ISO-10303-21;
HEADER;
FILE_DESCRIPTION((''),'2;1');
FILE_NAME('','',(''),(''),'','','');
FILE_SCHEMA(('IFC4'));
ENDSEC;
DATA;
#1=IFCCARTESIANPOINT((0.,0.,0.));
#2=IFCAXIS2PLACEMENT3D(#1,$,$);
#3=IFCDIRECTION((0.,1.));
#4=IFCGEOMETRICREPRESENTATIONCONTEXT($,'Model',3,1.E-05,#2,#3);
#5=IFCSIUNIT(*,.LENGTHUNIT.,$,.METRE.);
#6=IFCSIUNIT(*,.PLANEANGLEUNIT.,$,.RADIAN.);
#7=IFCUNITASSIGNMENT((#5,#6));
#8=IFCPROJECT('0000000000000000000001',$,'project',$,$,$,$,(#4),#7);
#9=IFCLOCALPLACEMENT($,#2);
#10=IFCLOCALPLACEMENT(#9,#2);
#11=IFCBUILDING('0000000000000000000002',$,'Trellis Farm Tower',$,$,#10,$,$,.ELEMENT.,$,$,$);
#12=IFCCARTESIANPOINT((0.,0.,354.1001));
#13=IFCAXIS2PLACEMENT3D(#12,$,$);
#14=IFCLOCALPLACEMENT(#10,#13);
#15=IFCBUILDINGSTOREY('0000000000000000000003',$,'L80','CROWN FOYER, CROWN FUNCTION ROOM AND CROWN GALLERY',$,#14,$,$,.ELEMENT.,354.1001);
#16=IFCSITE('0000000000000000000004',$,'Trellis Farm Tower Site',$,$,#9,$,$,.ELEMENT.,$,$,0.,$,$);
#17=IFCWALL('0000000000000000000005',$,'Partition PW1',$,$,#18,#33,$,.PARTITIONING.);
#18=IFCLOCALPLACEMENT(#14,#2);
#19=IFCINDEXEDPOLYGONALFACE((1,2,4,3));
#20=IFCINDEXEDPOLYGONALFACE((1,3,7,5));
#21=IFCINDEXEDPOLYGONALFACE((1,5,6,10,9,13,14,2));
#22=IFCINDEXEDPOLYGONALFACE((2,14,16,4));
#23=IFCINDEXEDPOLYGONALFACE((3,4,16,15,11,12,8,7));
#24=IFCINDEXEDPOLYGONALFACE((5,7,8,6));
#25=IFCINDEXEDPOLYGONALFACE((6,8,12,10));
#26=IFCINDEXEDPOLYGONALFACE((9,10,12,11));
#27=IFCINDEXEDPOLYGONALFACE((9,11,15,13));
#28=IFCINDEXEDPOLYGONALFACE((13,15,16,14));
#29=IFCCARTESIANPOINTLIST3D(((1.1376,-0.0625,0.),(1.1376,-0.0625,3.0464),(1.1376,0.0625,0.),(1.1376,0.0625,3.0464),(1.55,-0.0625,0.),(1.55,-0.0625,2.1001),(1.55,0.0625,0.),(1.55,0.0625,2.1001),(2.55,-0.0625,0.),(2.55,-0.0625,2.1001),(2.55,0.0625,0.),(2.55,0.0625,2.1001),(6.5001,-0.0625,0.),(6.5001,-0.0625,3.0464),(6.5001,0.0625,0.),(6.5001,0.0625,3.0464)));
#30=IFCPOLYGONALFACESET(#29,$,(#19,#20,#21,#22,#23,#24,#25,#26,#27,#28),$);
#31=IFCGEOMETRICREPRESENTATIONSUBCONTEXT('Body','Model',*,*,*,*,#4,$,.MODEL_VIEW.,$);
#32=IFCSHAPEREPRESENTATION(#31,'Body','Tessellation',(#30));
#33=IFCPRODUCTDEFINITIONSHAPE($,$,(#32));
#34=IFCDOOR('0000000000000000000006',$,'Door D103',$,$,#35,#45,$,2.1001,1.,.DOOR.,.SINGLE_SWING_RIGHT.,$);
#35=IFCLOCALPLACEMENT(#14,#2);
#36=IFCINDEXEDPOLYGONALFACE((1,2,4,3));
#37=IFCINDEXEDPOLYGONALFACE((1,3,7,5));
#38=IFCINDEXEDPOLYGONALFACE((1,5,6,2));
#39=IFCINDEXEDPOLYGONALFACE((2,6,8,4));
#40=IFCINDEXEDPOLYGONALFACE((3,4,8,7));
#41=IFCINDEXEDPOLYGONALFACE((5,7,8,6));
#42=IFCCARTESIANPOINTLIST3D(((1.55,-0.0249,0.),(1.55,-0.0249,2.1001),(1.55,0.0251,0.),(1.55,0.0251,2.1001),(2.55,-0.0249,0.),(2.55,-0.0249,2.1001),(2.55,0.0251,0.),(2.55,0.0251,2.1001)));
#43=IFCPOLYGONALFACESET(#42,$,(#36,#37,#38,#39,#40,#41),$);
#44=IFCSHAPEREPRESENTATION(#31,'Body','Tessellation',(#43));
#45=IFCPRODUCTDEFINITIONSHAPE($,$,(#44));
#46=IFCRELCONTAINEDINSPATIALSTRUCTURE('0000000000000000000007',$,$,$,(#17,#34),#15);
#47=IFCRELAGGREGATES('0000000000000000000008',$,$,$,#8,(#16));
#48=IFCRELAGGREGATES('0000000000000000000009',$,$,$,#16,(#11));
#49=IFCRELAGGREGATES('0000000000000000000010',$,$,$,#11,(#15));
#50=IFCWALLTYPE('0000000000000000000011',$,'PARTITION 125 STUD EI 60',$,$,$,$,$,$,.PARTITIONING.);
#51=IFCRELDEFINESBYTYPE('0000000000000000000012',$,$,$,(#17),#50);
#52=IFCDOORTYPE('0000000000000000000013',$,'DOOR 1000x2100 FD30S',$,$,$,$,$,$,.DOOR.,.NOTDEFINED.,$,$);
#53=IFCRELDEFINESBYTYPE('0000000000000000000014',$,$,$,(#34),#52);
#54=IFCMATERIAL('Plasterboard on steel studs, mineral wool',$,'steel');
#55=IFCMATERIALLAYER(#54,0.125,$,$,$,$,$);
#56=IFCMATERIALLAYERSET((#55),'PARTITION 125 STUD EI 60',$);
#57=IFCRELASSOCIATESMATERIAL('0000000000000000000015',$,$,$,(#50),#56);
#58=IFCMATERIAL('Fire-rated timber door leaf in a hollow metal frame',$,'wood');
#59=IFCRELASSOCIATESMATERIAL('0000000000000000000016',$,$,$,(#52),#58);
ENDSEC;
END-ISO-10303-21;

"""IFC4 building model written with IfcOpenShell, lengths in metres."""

from ifc_helpers import new_model, si_unit, direction, frame, frame_2d, origin, place, context, subcontext, project, spatial, rectangle, extrude, source, transform, mapped, material, layer, layer_set, type_object, element, fill, save


model = new_model("IFC4")

# Units and contexts
model_context = context("Model", 3, precision=1e-05, world=origin(), true_north=direction((0.0, 1.0)))
body_context = subcontext(model_context, "Body", "Model", "MODEL_VIEW")
ifc_project = project(units=[si_unit("LENGTHUNIT", "METRE"), si_unit("PLANEANGLEUNIT", "RADIAN")], contexts=[model_context])

# Site, building, storey
site_placement = place(None, origin())
site = spatial("IfcSite", under=ifc_project, at=site_placement, Name="Trellis Farm Tower Site", CompositionType="ELEMENT", RefElevation=0.0)
building_placement = place(site_placement, origin())
building = spatial("IfcBuilding", under=site, at=building_placement, Name="Trellis Farm Tower", CompositionType="ELEMENT")
storey_placement = place(building_placement, frame((0.0, 0.0, 354.1001)))
storey = spatial("IfcBuildingStorey", under=building, at=storey_placement, Name="L80", Description="CROWN FOYER, CROWN FUNCTION ROOM AND CROWN GALLERY", CompositionType="ELEMENT", Elevation=354.1001)

# Shared definitions
ifc_material_1 = material(Name="Plasterboard on steel studs, mineral wool", Category="steel")
ifc_layer_1 = layer(ifc_material_1, 0.125)
ifc_layer_set_1 = layer_set([ifc_layer_1], Name="PARTITION 125 STUD EI 60")
wall_type_1 = type_object("IfcWallType", Name="PARTITION 125 STUD EI 60", PredefinedType="PARTITIONING", material=ifc_layer_set_1)

# Wall, opening, door
shared_shape_1 = source(origin(), body_context, "Body", "SweptSolid", [
    extrude(rectangle(XDim=5.3625, YDim=0.125, at=frame_2d((2.6812, 0.0))), origin(), (0.0, 0.0, 1.0), 3.0464),
])
wall_1_placement = place(storey_placement, frame((6.5, 0.0, 0.0), z_axis=(0.0, 0.0, 1.0), x_axis=(-1.0, 0.0, 0.0)))
wall_1 = element("IfcWall", 1, at=wall_1_placement, inside=storey, type_object=wall_type_1, Name="Partition PW1", PredefinedType="PARTITIONING", context=body_context, shape_type="MappedRepresentation", body=[
    mapped(shared_shape_1, transform((0.0, 0.0, 0.0))),
])
shared_shape_2 = source(origin(), body_context, "Body", "SweptSolid", [
    extrude(rectangle(XDim=1.0, YDim=2.1001, at=frame_2d((0.5, 1.05))), frame((0.0, 0.0725, 0.0), z_axis=(0.0, -1.0, 0.0), x_axis=(1.0, 0.0, 0.0)), (0.0, 0.0, 1.0), 0.145),
])
opening_1_placement = place(wall_1_placement, frame((3.95, 0.0, 0.0)))
opening_1 = element("IfcOpeningElement", 2, at=opening_1_placement, cuts=wall_1, PredefinedType="OPENING", context=body_context, shape_type="MappedRepresentation", body=[
    mapped(shared_shape_2, transform((0.0, 0.0, 0.0))),
])
ifc_material_2 = material(Name="Fire-rated timber door leaf in a hollow metal frame", Category="wood")
door_type_1 = type_object("IfcDoorType", Name="DOOR 1000x2100 FD30S", OperationType="NOTDEFINED", PredefinedType="DOOR", material=ifc_material_2)
shared_shape_3 = source(origin(), body_context, "Body", "SweptSolid", [
    extrude(rectangle(XDim=1.0, YDim=2.1001, at=frame_2d((0.5, 1.05))), frame((0.0, 0.0249, 0.0), z_axis=(0.0, -1.0, 0.0), x_axis=(1.0, 0.0, 0.0)), (0.0, 0.0, 1.0), 0.05),
])
door_1_placement = place(opening_1_placement, origin())
door_1 = element("IfcDoor", 3, at=door_1_placement, inside=storey, type_object=door_type_1, Name="Door D103", OperationType="SINGLE_SWING_RIGHT", OverallHeight=2.1001, OverallWidth=1.0, PredefinedType="DOOR", context=body_context, shape_type="MappedRepresentation", body=[
    mapped(shared_shape_3, transform((0.0, 0.0, 0.0))),
])
fill(opening_1, door_1)

save(model, "model.ifc")
